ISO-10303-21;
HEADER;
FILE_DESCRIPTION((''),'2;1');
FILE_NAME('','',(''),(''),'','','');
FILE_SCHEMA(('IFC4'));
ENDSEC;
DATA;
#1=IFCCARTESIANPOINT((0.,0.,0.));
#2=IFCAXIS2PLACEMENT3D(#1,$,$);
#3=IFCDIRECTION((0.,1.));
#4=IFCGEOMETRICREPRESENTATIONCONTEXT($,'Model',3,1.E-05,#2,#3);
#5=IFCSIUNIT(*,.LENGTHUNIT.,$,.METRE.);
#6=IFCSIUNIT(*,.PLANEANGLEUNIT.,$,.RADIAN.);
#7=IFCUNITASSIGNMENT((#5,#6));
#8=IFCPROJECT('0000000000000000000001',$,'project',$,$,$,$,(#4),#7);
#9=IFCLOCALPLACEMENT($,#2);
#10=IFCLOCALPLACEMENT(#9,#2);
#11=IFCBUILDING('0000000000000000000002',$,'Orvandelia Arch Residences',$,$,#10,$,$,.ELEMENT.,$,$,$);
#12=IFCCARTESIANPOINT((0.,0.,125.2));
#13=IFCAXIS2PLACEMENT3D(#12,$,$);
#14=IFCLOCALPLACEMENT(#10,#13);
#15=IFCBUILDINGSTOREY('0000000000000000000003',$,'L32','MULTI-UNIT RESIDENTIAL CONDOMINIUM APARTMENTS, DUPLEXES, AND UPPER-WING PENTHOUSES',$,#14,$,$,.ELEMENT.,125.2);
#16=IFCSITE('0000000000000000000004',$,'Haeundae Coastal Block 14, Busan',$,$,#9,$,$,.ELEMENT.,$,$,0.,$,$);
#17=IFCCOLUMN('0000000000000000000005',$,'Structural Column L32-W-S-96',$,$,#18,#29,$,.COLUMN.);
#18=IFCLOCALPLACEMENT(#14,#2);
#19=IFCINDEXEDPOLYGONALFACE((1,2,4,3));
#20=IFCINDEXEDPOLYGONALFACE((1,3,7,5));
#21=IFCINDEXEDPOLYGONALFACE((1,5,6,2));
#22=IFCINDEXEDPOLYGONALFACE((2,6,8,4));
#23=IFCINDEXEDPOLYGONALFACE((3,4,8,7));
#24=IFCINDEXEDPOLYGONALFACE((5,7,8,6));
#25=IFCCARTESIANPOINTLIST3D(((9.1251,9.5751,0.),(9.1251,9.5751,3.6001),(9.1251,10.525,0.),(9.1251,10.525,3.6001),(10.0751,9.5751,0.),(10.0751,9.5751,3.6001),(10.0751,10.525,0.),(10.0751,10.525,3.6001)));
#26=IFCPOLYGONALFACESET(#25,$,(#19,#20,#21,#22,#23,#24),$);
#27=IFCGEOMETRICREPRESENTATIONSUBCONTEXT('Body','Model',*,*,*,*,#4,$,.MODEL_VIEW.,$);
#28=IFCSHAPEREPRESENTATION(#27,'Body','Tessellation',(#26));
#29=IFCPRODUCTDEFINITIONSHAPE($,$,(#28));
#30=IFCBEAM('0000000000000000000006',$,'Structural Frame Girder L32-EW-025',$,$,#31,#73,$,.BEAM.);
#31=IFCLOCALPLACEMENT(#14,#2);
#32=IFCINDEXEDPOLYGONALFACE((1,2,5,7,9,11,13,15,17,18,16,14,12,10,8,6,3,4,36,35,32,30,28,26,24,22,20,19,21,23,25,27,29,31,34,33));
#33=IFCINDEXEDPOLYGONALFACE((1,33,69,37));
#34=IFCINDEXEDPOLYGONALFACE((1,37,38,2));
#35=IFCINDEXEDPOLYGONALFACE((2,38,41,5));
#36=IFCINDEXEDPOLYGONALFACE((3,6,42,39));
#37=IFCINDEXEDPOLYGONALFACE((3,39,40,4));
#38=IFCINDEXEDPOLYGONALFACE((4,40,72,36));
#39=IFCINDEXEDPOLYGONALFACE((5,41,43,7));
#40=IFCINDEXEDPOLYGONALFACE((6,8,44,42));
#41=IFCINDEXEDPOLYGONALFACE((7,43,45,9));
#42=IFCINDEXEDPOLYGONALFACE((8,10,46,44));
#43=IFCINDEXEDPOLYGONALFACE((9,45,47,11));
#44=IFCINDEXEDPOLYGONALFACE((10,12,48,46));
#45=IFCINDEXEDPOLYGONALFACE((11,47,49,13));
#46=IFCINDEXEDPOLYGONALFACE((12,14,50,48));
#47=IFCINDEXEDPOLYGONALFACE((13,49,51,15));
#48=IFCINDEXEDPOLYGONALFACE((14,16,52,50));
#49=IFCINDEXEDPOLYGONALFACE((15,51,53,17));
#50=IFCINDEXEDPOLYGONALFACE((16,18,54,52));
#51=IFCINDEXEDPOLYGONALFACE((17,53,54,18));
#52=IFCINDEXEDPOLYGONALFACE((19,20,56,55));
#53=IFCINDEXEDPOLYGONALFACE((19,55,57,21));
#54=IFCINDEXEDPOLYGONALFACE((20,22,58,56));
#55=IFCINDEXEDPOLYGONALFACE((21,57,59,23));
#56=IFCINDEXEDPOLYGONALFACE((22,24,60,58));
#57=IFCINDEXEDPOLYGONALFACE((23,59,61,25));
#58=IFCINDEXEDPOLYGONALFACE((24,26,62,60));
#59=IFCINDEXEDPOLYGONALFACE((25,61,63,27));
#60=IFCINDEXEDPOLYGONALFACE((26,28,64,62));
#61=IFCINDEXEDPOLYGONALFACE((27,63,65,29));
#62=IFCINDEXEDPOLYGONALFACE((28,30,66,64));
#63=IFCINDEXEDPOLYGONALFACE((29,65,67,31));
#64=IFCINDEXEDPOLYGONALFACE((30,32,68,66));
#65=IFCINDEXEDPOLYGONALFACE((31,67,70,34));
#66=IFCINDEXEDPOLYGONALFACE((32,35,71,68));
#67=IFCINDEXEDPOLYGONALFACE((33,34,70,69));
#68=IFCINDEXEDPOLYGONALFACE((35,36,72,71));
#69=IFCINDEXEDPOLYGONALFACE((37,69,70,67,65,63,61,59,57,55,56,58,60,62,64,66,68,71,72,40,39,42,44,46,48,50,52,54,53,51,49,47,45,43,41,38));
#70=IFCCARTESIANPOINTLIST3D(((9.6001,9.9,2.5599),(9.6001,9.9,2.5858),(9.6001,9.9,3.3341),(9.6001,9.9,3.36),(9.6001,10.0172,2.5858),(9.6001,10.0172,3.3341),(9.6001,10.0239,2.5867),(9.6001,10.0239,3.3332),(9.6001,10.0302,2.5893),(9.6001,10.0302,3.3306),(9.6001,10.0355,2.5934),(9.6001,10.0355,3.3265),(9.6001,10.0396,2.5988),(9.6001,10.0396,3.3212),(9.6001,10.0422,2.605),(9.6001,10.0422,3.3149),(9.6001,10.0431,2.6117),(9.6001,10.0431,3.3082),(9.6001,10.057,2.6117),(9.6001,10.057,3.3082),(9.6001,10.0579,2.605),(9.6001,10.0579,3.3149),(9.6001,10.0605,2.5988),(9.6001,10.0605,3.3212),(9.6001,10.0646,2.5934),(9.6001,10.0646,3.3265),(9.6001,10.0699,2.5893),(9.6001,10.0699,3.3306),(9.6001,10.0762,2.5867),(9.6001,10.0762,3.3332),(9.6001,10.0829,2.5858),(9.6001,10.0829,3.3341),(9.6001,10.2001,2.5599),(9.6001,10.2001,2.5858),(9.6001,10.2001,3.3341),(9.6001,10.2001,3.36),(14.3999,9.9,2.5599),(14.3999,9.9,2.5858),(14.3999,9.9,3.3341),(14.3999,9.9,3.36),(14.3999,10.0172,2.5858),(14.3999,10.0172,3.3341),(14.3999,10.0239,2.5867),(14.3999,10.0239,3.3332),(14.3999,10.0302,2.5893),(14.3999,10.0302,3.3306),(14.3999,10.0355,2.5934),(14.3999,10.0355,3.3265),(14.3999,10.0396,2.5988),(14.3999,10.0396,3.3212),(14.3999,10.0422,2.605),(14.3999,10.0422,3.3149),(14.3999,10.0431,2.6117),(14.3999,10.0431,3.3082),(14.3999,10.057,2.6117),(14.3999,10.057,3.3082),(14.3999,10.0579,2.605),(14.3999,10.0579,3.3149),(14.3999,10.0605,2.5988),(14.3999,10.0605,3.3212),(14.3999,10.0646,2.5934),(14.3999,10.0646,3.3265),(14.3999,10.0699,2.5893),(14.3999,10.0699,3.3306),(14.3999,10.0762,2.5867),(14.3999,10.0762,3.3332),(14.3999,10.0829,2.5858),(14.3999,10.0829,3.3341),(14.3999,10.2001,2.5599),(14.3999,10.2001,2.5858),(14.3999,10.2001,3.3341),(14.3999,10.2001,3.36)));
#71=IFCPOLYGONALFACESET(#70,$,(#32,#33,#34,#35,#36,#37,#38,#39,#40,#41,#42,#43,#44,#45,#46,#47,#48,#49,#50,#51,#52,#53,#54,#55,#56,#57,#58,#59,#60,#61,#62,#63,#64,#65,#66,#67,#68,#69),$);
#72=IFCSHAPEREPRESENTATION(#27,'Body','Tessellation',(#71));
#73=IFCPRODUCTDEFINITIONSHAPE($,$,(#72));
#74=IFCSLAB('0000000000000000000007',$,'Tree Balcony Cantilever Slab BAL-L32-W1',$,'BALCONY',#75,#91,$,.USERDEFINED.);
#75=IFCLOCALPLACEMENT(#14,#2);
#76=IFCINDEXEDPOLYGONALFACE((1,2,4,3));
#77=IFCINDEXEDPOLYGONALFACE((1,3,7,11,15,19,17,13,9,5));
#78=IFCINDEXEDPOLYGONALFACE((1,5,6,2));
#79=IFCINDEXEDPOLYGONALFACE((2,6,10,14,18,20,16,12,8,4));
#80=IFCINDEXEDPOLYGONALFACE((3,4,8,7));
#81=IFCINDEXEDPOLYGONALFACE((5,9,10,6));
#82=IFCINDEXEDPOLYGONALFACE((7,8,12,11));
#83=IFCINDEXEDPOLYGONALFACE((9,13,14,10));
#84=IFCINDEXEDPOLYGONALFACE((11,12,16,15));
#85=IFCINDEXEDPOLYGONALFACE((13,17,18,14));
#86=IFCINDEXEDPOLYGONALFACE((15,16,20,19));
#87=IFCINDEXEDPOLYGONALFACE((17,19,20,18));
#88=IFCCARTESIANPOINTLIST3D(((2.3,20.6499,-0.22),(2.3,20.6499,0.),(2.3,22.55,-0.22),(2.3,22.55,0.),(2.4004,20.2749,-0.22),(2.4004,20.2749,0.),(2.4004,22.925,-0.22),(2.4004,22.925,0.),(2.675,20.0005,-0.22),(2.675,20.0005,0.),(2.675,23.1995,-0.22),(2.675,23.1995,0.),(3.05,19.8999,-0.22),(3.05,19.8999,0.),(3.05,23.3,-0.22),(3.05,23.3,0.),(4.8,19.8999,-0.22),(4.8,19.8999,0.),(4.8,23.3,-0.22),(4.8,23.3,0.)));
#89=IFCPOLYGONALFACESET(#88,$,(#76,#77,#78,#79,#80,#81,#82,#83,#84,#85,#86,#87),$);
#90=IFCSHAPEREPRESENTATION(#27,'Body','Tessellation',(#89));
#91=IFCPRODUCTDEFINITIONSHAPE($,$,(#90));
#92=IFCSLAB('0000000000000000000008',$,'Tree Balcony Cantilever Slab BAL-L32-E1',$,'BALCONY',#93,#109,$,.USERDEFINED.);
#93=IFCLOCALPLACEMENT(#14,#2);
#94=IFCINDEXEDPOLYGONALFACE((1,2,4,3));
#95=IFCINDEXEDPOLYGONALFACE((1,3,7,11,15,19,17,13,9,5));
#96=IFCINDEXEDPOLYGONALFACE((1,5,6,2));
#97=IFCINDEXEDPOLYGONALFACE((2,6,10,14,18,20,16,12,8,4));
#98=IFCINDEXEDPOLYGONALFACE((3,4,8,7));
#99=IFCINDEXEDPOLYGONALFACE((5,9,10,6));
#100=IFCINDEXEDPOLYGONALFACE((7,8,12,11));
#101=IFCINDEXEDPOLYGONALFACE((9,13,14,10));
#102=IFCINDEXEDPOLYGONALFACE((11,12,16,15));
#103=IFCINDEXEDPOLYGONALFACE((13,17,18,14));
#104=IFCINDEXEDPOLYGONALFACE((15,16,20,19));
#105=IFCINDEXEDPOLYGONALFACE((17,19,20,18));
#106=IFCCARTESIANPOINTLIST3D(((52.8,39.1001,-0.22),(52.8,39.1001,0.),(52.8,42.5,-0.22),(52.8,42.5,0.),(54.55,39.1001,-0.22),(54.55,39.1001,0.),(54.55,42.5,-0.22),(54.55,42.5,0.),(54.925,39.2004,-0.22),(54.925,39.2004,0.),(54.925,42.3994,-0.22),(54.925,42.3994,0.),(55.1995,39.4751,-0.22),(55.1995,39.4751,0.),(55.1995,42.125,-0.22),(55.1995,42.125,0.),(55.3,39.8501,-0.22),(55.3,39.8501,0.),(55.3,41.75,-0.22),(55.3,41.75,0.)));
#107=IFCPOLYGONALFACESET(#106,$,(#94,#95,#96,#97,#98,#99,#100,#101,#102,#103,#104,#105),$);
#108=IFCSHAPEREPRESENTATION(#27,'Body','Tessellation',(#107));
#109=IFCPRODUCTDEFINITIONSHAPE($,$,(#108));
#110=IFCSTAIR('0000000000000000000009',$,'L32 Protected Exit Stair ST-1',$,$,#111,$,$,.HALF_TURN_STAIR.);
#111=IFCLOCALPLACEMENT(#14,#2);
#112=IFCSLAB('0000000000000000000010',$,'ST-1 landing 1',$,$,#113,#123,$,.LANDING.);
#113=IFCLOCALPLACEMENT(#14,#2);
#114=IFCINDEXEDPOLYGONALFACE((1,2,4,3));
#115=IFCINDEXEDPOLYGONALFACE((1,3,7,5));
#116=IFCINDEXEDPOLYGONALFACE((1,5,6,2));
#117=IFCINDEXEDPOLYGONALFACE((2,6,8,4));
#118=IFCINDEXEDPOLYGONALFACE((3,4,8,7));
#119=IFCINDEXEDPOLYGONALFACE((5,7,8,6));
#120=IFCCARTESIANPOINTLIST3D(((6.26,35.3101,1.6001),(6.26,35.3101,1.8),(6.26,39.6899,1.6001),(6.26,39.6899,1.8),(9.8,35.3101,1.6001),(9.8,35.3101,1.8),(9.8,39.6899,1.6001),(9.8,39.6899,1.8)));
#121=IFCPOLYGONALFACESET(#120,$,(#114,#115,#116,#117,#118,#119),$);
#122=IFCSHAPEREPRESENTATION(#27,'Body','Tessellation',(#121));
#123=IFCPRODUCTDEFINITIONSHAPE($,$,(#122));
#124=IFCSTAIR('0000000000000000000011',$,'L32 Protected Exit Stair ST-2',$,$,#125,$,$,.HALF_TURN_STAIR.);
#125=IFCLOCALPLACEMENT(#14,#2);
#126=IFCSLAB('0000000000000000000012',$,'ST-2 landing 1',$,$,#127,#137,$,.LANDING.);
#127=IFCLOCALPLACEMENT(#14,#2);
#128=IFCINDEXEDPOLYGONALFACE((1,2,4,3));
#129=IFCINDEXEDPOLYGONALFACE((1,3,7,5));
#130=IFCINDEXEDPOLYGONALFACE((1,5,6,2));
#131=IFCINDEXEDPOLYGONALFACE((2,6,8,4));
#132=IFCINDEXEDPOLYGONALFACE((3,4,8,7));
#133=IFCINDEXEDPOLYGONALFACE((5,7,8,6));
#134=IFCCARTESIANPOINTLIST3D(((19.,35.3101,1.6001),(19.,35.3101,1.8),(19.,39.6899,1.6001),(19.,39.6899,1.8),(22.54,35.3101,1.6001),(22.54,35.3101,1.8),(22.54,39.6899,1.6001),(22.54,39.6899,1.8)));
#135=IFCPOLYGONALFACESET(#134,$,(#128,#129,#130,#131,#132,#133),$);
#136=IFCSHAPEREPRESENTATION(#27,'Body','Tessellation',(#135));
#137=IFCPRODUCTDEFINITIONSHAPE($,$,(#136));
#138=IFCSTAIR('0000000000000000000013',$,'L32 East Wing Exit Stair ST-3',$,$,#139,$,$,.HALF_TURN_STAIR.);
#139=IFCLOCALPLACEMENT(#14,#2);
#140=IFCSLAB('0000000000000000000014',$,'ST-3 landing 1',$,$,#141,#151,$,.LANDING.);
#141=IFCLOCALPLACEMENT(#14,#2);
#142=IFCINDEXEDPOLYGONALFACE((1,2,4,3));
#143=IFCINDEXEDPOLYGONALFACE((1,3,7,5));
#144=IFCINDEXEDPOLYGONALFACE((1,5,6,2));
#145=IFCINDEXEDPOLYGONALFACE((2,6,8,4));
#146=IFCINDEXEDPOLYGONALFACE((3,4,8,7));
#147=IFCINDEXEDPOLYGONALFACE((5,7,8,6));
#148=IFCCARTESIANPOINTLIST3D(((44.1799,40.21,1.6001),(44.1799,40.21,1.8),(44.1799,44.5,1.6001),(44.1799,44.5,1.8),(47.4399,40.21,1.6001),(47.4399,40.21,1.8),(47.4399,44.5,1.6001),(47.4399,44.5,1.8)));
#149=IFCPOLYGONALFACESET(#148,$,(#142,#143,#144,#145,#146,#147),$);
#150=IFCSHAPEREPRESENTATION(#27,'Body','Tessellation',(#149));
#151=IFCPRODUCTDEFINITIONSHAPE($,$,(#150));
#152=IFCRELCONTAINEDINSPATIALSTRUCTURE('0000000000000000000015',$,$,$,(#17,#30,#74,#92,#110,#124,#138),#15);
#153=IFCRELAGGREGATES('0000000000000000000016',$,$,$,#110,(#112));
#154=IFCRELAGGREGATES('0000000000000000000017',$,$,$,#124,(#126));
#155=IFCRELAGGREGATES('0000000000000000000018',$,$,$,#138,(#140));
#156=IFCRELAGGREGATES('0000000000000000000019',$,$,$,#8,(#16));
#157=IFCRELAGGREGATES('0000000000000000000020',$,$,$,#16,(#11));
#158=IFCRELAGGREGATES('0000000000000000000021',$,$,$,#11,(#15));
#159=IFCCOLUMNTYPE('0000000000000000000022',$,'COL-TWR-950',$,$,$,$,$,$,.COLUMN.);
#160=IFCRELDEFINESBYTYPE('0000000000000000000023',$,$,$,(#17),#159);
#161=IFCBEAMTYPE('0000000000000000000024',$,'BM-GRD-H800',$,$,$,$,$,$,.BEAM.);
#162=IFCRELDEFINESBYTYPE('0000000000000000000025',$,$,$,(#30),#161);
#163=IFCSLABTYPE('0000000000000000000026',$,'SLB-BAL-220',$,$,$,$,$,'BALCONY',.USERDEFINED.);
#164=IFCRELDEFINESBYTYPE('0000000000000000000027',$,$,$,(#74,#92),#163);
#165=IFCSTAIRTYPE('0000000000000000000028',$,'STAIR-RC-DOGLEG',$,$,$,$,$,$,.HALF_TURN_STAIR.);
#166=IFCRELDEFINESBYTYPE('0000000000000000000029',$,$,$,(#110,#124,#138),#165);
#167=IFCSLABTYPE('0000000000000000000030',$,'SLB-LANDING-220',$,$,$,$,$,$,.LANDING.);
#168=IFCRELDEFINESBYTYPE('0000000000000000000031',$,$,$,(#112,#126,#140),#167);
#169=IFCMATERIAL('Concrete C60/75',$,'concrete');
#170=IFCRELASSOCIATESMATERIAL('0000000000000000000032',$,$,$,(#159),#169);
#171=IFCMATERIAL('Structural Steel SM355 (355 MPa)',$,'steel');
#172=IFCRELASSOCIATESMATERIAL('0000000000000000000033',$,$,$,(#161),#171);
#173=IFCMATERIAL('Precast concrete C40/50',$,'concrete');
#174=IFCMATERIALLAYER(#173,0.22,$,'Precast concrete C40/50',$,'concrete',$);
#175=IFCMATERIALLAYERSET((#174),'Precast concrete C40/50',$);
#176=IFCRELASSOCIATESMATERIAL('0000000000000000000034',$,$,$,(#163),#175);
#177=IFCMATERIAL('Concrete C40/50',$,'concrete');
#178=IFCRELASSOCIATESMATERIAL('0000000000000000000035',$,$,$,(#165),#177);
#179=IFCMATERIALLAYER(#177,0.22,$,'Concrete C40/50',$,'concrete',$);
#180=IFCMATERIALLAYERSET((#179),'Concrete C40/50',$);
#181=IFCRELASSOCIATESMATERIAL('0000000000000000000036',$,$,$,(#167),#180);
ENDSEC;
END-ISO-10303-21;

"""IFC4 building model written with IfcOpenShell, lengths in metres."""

from ifc_helpers import new_model, si_unit, direction, frame, origin, origin_2d, place, context, subcontext, project, spatial, polyline, rectangle, i_section, outline, extrude, material, layer, layer_set, material_profile, profile_set, type_object, element, aggregate, save


model = new_model("IFC4")

# Units and contexts
model_context = context("Model", 3, precision=1e-05, world=origin(), true_north=direction((0.0, 1.0)))
body_context = subcontext(model_context, "Body", "Model", "MODEL_VIEW")
ifc_project = project(units=[si_unit("LENGTHUNIT", "METRE"), si_unit("PLANEANGLEUNIT", "RADIAN")], contexts=[model_context])

# Site, building, storey
site_placement = place(None, origin())
site = spatial("IfcSite", under=ifc_project, at=site_placement, Name="Haeundae Coastal Block 14, Busan", CompositionType="ELEMENT", RefElevation=0.0)
building_placement = place(site_placement, origin())
building = spatial("IfcBuilding", under=site, at=building_placement, Name="Orvandelia Arch Residences", CompositionType="ELEMENT")
storey_placement = place(building_placement, frame((0.0, 0.0, 125.2)))
storey = spatial("IfcBuildingStorey", under=building, at=storey_placement, Name="L32", Description="MULTI-UNIT RESIDENTIAL CONDOMINIUM APARTMENTS, DUPLEXES, AND UPPER-WING PENTHOUSES", CompositionType="ELEMENT", Elevation=125.2)

# Column
ifc_material_1 = material(Name="Concrete C60/75", Category="concrete")
ifc_material_profile_1 = material_profile(ifc_material_1, rectangle(XDim=0.95, YDim=0.95, at=origin_2d()), Name="Concrete C60/75", Category="concrete")
ifc_profile_set_1 = profile_set([ifc_material_profile_1], Name="Concrete C60/75")
column_type = type_object("IfcColumnType", Name="COL-TWR-950", PredefinedType="COLUMN", material=ifc_profile_set_1)
column_placement = place(storey_placement, frame((9.6001, 10.05, 0.0), z_axis=(0.0, 0.0, 1.0), x_axis=(1.0, 0.0, 0.0)))
element("IfcColumn", 1, at=column_placement, inside=storey, type_object=column_type, Name="Structural Column L32-W-S-96", PredefinedType="COLUMN", context=body_context, shape_type="SweptSolid", body=[
    extrude(rectangle(XDim=0.95, YDim=0.95, at=origin_2d()), origin(), (0.0, 0.0, 1.0), 3.6001),
])

# Beam
ifc_material_2 = material(Name="Structural Steel SM355 (355 MPa)", Category="steel")
ifc_material_profile_2 = material_profile(ifc_material_2, i_section(OverallWidth=0.3, OverallDepth=0.8, WebThickness=0.0139, FlangeThickness=0.0259, FilletRadius=0.0259, at=origin_2d()), Name="Structural Steel SM355 (355 MPa)", Category="steel")
ifc_profile_set_2 = profile_set([ifc_material_profile_2], Name="Structural Steel SM355 (355 MPa)")
beam_type = type_object("IfcBeamType", Name="BM-GRD-H800", PredefinedType="BEAM", material=ifc_profile_set_2)
beam_placement = place(storey_placement, frame((9.6001, 10.05, 2.96), z_axis=(1.0, 0.0, 0.0), x_axis=(0.0, 1.0, 0.0)))
element("IfcBeam", 2, at=beam_placement, inside=storey, type_object=beam_type, Name="Structural Frame Girder L32-EW-025", PredefinedType="BEAM", context=body_context, shape_type="SweptSolid", body=[
    extrude(i_section(OverallWidth=0.3, OverallDepth=0.8, WebThickness=0.0139, FlangeThickness=0.0259, FilletRadius=0.0259, at=origin_2d()), origin(), (0.0, 0.0, 1.0), 4.7998),
])

# Slabs
ifc_material_3 = material(Name="Precast concrete C40/50", Category="concrete")
ifc_layer_1 = layer(ifc_material_3, 0.22, Name="Precast concrete C40/50", Category="concrete")
ifc_layer_set_1 = layer_set([ifc_layer_1], Name="Precast concrete C40/50")
slab_type_1 = type_object("IfcSlabType", Name="SLB-BAL-220", ElementType="BALCONY", PredefinedType="USERDEFINED", material=ifc_layer_set_1)
slab_1_placement = place(storey_placement, frame((0.0, 0.0, -0.22)))
element("IfcSlab", 3, at=slab_1_placement, inside=storey, type_object=slab_type_1, Name="Tree Balcony Cantilever Slab BAL-L32-W1", ObjectType="BALCONY", PredefinedType="USERDEFINED", context=body_context, shape_type="SweptSolid", body=[
    extrude(outline(polyline([(4.8, 19.8999), (4.8, 23.3), (3.05, 23.3), (2.675, 23.1995), (2.4004, 22.925), (2.3, 22.55), (2.3, 20.6499), (2.4004, 20.2749), (2.675, 20.0005), (3.05, 19.8999), (4.8, 19.8999)])), origin(), (0.0, 0.0, 1.0), 0.22),
])
slab_2_placement = place(storey_placement, frame((0.0, 0.0, -0.22)))
element("IfcSlab", 4, at=slab_2_placement, inside=storey, type_object=slab_type_1, Name="Tree Balcony Cantilever Slab BAL-L32-E1", ObjectType="BALCONY", PredefinedType="USERDEFINED", context=body_context, shape_type="SweptSolid", body=[
    extrude(outline(polyline([(52.8, 42.5), (52.8, 39.1001), (54.55, 39.1001), (54.925, 39.2004), (55.1995, 39.4751), (55.3, 39.8501), (55.3, 41.75), (55.1995, 42.125), (54.925, 42.3994), (54.55, 42.5), (52.8, 42.5)])), origin(), (0.0, 0.0, 1.0), 0.22),
])

# Stairs, slabs
ifc_material_4 = material(Name="Concrete C40/50", Category="concrete")
stair_type = type_object("IfcStairType", Name="STAIR-RC-DOGLEG", PredefinedType="HALF_TURN_STAIR", material=ifc_material_4)
stair_1_placement = place(storey_placement, origin())
stair_1 = element("IfcStair", 5, at=stair_1_placement, inside=storey, type_object=stair_type, Name="L32 Protected Exit Stair ST-1", PredefinedType="HALF_TURN_STAIR")
ifc_layer_2 = layer(ifc_material_4, 0.22, Name="Concrete C40/50", Category="concrete")
ifc_layer_set_2 = layer_set([ifc_layer_2], Name="Concrete C40/50")
slab_type_2 = type_object("IfcSlabType", Name="SLB-LANDING-220", PredefinedType="LANDING", material=ifc_layer_set_2)
slab_3_placement = place(storey_placement, frame((0.0, 0.0, 1.6001)))
slab_3 = element("IfcSlab", 6, at=slab_3_placement, type_object=slab_type_2, Name="ST-1 landing 1", PredefinedType="LANDING", context=body_context, shape_type="SweptSolid", body=[
    extrude(outline(polyline([(9.8, 35.3101), (9.8, 39.6899), (6.26, 39.6899), (6.26, 35.3101), (9.8, 35.3101)])), origin(), (0.0, 0.0, 1.0), 0.2),
])
aggregate(stair_1, [slab_3])
stair_2_placement = place(storey_placement, origin())
stair_2 = element("IfcStair", 7, at=stair_2_placement, inside=storey, type_object=stair_type, Name="L32 Protected Exit Stair ST-2", PredefinedType="HALF_TURN_STAIR")
slab_4_placement = place(storey_placement, frame((0.0, 0.0, 1.6001)))
slab_4 = element("IfcSlab", 8, at=slab_4_placement, type_object=slab_type_2, Name="ST-2 landing 1", PredefinedType="LANDING", context=body_context, shape_type="SweptSolid", body=[
    extrude(outline(polyline([(22.54, 35.3101), (22.54, 39.6899), (19.0, 39.6899), (19.0, 35.3101), (22.54, 35.3101)])), origin(), (0.0, 0.0, 1.0), 0.2),
])
aggregate(stair_2, [slab_4])
stair_3_placement = place(storey_placement, origin())
stair_3 = element("IfcStair", 9, at=stair_3_placement, inside=storey, type_object=stair_type, Name="L32 East Wing Exit Stair ST-3", PredefinedType="HALF_TURN_STAIR")
slab_5_placement = place(storey_placement, frame((0.0, 0.0, 1.6001)))
slab_5 = element("IfcSlab", 10, at=slab_5_placement, type_object=slab_type_2, Name="ST-3 landing 1", PredefinedType="LANDING", context=body_context, shape_type="SweptSolid", body=[
    extrude(outline(polyline([(47.4399, 40.21), (47.4399, 44.5), (44.1799, 44.5), (44.1799, 40.21), (47.4399, 40.21)])), origin(), (0.0, 0.0, 1.0), 0.2),
])
aggregate(stair_3, [slab_5])

save(model, "model.ifc")
